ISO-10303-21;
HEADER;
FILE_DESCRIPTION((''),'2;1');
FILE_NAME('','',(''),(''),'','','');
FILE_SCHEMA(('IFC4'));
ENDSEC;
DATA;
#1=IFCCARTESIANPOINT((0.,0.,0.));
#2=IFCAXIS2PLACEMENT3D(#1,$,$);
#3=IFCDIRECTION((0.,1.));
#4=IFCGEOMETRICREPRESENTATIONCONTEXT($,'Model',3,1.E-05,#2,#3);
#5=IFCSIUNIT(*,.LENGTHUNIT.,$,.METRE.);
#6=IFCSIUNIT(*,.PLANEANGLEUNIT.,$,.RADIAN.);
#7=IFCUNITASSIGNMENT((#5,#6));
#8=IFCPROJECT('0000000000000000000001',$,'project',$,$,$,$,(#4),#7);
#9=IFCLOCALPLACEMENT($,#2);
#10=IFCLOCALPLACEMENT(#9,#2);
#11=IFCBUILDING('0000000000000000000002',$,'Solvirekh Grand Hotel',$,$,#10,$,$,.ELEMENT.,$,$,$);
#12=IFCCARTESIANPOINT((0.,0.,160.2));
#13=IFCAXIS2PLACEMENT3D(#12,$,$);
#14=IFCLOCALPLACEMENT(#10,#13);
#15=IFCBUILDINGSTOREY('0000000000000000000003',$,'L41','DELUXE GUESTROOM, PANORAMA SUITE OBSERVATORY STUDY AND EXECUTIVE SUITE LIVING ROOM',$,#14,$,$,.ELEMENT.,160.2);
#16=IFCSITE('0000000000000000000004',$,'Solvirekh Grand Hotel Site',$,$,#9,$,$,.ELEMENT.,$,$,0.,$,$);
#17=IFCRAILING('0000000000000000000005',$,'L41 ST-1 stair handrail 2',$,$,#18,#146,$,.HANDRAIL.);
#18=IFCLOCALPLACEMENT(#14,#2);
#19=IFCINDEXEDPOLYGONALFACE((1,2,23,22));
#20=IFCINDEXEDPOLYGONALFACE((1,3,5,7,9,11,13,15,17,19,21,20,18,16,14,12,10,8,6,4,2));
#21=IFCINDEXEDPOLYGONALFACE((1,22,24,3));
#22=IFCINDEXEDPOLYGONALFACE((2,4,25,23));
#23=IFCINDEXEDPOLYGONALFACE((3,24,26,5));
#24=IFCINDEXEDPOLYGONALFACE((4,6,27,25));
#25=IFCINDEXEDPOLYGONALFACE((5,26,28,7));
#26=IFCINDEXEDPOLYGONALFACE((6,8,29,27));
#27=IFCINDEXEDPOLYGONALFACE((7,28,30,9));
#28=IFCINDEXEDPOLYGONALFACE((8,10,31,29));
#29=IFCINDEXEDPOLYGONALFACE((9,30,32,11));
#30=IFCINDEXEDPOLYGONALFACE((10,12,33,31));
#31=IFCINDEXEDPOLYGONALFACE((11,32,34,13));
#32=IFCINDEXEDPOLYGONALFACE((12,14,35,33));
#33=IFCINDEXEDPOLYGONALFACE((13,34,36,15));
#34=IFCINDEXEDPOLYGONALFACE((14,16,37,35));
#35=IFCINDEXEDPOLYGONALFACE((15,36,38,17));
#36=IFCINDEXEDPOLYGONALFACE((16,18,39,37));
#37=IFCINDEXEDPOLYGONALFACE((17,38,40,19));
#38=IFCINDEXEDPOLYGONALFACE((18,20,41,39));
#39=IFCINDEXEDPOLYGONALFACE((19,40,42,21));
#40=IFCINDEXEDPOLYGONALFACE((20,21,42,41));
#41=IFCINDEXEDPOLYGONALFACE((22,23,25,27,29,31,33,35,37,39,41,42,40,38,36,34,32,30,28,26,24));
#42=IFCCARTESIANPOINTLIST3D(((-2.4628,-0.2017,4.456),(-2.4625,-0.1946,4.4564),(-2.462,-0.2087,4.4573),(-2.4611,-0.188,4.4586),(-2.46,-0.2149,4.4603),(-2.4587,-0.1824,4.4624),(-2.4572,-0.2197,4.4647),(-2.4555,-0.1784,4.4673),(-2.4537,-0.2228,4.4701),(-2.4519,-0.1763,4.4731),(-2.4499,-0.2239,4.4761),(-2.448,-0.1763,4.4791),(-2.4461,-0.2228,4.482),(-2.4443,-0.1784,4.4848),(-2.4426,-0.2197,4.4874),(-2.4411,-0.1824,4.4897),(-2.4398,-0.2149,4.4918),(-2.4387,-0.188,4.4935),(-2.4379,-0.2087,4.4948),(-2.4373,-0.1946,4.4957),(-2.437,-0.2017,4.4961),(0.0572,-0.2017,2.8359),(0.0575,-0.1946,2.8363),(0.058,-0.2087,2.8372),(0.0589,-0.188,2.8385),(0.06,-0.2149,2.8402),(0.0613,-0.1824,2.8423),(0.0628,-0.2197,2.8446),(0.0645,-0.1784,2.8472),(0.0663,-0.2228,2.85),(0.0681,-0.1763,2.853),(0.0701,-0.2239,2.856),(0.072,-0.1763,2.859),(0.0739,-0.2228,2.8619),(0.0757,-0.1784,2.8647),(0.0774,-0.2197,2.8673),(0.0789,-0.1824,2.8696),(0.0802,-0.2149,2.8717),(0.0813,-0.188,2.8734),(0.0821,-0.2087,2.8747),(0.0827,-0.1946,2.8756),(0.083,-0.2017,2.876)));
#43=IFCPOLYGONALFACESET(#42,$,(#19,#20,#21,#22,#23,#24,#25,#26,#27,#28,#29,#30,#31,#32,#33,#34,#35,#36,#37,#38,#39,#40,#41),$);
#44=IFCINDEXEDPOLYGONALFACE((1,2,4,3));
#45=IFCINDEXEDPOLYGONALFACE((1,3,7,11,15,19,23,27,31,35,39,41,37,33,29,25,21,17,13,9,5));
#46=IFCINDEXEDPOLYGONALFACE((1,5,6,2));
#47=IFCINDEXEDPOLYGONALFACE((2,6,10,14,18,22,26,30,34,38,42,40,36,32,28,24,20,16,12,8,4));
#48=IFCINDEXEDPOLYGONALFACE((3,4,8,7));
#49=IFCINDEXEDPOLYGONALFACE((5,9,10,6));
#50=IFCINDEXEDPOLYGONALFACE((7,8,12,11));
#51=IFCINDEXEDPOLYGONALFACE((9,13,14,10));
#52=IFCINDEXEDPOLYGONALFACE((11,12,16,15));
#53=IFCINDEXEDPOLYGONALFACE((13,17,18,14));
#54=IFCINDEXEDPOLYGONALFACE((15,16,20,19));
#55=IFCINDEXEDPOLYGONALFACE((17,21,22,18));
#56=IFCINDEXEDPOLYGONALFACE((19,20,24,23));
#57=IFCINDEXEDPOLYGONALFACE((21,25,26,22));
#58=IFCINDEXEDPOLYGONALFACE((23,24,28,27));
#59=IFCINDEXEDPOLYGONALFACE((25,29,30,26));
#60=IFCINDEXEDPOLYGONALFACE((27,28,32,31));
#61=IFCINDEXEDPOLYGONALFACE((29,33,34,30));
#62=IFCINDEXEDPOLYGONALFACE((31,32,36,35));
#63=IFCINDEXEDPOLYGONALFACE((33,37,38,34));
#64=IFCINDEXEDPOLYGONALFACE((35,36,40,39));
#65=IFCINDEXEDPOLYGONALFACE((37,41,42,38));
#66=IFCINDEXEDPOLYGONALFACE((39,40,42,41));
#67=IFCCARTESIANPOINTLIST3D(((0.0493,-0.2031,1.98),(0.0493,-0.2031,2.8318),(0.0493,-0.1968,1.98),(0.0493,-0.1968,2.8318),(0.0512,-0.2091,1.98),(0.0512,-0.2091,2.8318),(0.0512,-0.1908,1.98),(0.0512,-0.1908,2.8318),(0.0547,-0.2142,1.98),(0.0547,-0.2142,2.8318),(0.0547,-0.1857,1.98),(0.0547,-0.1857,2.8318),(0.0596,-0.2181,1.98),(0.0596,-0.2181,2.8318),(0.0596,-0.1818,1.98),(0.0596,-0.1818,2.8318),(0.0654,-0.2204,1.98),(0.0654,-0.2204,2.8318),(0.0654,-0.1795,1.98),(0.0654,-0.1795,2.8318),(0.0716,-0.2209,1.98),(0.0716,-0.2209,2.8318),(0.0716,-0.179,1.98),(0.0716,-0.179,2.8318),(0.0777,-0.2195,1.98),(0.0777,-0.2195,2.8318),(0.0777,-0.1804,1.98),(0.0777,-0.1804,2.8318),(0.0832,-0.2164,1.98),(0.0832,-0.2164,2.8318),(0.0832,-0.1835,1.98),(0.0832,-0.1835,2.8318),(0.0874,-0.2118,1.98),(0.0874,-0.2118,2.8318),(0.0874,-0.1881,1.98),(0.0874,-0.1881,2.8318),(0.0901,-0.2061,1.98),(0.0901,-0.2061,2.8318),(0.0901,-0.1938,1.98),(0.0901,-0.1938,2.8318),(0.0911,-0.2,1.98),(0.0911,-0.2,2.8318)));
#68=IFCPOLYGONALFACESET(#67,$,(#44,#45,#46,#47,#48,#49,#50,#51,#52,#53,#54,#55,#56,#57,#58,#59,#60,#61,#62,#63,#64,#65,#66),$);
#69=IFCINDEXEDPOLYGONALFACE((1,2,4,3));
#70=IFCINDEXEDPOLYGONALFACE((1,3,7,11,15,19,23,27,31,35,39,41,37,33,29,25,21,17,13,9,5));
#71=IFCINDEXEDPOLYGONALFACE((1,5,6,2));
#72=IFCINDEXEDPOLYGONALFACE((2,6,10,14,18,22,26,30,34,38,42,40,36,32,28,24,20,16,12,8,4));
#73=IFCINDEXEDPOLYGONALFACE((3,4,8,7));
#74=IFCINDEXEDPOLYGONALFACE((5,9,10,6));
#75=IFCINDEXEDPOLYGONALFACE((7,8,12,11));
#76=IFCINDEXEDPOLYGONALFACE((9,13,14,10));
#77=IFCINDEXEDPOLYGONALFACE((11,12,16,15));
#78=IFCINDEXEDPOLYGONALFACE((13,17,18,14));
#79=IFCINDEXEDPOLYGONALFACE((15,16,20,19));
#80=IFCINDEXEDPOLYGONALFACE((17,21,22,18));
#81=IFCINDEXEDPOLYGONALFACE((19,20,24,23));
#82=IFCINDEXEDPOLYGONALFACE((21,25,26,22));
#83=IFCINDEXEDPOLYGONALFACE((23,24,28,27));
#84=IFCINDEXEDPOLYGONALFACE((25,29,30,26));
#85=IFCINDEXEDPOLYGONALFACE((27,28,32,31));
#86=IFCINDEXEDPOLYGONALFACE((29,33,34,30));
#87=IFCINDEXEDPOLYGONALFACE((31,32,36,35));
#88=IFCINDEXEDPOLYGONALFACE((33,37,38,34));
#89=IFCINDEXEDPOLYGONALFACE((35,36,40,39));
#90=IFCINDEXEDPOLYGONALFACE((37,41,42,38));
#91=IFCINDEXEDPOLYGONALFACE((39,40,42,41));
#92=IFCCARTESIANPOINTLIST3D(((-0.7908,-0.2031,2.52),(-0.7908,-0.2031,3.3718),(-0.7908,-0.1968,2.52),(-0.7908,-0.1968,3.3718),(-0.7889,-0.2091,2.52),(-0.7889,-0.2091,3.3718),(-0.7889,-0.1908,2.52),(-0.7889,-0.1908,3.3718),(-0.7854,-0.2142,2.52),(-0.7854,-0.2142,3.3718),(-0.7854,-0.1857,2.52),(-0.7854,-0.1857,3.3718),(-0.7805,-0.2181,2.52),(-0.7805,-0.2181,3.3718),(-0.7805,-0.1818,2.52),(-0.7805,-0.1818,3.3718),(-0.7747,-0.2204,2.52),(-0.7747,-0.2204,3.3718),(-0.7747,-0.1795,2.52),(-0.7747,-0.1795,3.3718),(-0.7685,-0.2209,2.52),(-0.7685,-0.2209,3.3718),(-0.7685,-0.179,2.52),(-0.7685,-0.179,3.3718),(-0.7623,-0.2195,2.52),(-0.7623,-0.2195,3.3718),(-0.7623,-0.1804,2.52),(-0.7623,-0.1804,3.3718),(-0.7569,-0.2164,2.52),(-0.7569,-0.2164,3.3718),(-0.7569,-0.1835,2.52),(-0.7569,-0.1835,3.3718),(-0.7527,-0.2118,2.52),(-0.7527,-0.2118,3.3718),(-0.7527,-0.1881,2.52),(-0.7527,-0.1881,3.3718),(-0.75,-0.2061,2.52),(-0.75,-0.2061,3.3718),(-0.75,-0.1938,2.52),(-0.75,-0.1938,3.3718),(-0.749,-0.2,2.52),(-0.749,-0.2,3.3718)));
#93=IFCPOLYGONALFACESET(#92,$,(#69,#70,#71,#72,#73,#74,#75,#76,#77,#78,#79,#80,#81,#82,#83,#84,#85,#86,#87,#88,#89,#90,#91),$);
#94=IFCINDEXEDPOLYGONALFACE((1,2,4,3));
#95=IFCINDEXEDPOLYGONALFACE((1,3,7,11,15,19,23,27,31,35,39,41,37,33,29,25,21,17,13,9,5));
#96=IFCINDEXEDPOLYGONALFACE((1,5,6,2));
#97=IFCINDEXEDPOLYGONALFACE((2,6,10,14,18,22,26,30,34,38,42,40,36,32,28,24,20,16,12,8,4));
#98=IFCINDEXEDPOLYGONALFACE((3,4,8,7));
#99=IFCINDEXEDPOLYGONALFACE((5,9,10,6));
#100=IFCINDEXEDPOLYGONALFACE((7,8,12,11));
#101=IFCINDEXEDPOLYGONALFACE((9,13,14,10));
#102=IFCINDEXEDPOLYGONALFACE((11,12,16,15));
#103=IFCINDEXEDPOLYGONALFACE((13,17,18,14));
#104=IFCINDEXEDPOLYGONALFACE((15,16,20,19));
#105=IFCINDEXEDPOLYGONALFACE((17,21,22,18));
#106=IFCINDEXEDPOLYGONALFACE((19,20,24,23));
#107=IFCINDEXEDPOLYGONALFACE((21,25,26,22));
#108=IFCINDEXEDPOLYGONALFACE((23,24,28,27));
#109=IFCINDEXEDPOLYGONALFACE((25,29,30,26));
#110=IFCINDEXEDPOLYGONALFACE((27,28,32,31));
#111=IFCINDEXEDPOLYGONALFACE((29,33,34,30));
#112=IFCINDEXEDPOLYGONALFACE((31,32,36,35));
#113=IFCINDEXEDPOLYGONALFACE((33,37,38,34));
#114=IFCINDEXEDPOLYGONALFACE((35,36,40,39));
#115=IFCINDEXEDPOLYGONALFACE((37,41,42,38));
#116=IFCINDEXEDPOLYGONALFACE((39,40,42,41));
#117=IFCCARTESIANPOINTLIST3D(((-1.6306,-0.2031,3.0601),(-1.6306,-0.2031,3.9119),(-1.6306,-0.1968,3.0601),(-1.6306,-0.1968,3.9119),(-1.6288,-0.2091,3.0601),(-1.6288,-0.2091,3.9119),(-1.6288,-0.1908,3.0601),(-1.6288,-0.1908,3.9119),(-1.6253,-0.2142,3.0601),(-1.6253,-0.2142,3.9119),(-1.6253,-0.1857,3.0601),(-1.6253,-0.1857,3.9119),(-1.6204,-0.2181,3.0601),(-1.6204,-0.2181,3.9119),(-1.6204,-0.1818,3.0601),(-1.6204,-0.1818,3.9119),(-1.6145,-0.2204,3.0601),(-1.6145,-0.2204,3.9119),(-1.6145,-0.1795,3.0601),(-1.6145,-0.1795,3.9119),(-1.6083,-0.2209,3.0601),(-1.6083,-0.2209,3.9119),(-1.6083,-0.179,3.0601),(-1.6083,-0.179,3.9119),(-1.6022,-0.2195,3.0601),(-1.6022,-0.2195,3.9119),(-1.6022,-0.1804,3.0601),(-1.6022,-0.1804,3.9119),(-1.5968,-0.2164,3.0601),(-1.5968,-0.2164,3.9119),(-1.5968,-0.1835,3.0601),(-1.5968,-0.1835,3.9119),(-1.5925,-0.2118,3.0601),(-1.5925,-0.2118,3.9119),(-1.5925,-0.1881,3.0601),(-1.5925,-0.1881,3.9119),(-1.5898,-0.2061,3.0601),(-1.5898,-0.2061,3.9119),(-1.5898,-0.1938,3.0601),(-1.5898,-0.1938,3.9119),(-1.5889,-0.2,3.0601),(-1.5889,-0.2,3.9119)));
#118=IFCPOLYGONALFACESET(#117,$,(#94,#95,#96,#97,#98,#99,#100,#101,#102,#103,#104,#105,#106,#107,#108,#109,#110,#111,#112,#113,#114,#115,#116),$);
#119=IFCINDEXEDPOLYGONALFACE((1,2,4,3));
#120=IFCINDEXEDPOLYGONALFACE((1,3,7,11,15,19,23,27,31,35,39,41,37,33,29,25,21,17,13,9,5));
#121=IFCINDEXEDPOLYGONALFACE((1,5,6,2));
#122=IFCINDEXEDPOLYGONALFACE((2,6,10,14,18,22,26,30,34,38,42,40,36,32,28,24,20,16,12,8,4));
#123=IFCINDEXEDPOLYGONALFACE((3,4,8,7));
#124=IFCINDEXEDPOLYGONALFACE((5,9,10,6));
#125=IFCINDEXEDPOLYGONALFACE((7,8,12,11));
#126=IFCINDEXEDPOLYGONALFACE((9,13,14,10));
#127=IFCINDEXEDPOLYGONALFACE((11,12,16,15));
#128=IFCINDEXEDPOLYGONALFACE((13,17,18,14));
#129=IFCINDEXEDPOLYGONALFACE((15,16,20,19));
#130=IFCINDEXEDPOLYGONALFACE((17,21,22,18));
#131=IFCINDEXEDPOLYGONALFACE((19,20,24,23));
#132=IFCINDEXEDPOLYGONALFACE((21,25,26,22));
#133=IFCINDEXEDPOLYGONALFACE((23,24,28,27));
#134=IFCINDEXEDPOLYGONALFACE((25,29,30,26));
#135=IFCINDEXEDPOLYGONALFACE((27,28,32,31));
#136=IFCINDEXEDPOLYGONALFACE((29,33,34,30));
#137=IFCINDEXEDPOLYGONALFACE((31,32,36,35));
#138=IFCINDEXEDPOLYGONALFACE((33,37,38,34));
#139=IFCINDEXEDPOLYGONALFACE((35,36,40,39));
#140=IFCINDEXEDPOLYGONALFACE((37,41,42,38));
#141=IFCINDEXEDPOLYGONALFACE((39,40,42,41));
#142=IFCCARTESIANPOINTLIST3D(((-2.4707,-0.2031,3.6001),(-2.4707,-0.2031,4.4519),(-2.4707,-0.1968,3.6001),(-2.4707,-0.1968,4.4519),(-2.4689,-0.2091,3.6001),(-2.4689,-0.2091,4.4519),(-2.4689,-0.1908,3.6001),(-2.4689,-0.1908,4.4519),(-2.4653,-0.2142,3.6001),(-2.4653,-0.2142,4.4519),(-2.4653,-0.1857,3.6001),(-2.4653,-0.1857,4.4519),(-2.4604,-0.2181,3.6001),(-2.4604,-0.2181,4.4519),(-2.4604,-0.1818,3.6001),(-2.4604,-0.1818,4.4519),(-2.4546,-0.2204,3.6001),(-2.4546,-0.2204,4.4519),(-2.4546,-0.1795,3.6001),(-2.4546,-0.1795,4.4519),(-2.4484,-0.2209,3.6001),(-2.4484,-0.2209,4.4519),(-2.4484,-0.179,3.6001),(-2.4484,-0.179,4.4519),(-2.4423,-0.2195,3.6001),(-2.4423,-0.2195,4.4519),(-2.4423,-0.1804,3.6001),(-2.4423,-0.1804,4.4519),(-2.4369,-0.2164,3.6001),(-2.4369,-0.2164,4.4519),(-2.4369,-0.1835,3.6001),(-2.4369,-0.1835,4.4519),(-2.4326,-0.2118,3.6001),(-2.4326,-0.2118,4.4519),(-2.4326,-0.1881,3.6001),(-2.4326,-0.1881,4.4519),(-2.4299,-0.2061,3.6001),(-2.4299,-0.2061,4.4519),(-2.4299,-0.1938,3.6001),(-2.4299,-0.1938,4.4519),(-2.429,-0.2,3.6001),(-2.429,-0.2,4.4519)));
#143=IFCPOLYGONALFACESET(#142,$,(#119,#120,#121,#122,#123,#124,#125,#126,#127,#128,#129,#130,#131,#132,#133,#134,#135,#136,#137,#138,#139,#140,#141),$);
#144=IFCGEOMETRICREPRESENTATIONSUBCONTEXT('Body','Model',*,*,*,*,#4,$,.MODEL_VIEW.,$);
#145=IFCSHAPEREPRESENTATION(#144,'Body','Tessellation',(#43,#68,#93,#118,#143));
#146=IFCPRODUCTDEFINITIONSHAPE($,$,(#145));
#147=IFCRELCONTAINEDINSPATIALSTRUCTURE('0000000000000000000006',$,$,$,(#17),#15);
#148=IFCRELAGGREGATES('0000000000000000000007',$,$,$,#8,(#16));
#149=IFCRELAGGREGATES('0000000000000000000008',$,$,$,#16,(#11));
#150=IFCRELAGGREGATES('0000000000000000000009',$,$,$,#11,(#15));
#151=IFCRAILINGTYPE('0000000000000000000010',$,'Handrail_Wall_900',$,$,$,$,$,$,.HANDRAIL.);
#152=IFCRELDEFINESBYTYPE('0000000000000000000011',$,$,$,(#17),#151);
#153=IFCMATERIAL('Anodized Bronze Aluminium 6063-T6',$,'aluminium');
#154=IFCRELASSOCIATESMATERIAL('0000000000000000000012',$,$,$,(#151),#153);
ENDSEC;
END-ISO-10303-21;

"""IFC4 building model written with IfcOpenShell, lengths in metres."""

from ifc_helpers import new_model, si_unit, direction, frame, origin, origin_2d, place, context, subcontext, project, spatial, circle, extrude, material, type_object, element, save


model = new_model("IFC4")

# Units and contexts
model_context = context("Model", 3, precision=1e-05, world=origin(), true_north=direction((0.0, 1.0)))
body_context = subcontext(model_context, "Body", "Model", "MODEL_VIEW")
ifc_project = project(units=[si_unit("LENGTHUNIT", "METRE"), si_unit("PLANEANGLEUNIT", "RADIAN")], contexts=[model_context])

# Site, building, storey
site_placement = place(None, origin())
site = spatial("IfcSite", under=ifc_project, at=site_placement, Name="Solvirekh Grand Hotel Site", CompositionType="ELEMENT", RefElevation=0.0)
building_placement = place(site_placement, origin())
building = spatial("IfcBuilding", under=site, at=building_placement, Name="Solvirekh Grand Hotel", CompositionType="ELEMENT")
storey_placement = place(building_placement, frame((0.0, 0.0, 160.2)))
storey = spatial("IfcBuildingStorey", under=building, at=storey_placement, Name="L41", Description="DELUXE GUESTROOM, PANORAMA SUITE OBSERVATORY STUDY AND EXECUTIVE SUITE LIVING ROOM", CompositionType="ELEMENT", Elevation=160.2)

# Railing
ifc_material_1 = material(Name="Anodized Bronze Aluminium 6063-T6", Category="aluminium")
railing_type_1 = type_object("IfcRailingType", Name="Handrail_Wall_900", PredefinedType="HANDRAIL", material=ifc_material_1)
railing_1_placement = place(storey_placement, frame((0.0701, -0.2, 1.98)))
element("IfcRailing", 1, at=railing_1_placement, inside=storey, type_object=railing_type_1, Name="L41 ST-1 stair handrail 2", PredefinedType="HANDRAIL", context=body_context, shape_type="SweptSolid", body=[
    extrude(circle(Radius=0.0239, at=origin_2d()), frame((0.0, 0.0, 0.876), z_axis=(-0.841163, 0.0, 0.540782), x_axis=(0.0, -1.0, 0.0)), (0.0, 0.0, 1.0), 2.9958),
    extrude(circle(Radius=0.021, at=origin_2d()), origin(), (0.0, 0.0, 1.0), 0.8518),
    extrude(circle(Radius=0.021, at=origin_2d()), frame((-0.8401, 0.0, 0.54)), (0.0, 0.0, 1.0), 0.8518),
    extrude(circle(Radius=0.021, at=origin_2d()), frame((-1.6799, 0.0, 1.0801)), (0.0, 0.0, 1.0), 0.8518),
    extrude(circle(Radius=0.021, at=origin_2d()), frame((-2.52, 0.0, 1.6201)), (0.0, 0.0, 1.0), 0.8518),
])

save(model, "model.ifc")
